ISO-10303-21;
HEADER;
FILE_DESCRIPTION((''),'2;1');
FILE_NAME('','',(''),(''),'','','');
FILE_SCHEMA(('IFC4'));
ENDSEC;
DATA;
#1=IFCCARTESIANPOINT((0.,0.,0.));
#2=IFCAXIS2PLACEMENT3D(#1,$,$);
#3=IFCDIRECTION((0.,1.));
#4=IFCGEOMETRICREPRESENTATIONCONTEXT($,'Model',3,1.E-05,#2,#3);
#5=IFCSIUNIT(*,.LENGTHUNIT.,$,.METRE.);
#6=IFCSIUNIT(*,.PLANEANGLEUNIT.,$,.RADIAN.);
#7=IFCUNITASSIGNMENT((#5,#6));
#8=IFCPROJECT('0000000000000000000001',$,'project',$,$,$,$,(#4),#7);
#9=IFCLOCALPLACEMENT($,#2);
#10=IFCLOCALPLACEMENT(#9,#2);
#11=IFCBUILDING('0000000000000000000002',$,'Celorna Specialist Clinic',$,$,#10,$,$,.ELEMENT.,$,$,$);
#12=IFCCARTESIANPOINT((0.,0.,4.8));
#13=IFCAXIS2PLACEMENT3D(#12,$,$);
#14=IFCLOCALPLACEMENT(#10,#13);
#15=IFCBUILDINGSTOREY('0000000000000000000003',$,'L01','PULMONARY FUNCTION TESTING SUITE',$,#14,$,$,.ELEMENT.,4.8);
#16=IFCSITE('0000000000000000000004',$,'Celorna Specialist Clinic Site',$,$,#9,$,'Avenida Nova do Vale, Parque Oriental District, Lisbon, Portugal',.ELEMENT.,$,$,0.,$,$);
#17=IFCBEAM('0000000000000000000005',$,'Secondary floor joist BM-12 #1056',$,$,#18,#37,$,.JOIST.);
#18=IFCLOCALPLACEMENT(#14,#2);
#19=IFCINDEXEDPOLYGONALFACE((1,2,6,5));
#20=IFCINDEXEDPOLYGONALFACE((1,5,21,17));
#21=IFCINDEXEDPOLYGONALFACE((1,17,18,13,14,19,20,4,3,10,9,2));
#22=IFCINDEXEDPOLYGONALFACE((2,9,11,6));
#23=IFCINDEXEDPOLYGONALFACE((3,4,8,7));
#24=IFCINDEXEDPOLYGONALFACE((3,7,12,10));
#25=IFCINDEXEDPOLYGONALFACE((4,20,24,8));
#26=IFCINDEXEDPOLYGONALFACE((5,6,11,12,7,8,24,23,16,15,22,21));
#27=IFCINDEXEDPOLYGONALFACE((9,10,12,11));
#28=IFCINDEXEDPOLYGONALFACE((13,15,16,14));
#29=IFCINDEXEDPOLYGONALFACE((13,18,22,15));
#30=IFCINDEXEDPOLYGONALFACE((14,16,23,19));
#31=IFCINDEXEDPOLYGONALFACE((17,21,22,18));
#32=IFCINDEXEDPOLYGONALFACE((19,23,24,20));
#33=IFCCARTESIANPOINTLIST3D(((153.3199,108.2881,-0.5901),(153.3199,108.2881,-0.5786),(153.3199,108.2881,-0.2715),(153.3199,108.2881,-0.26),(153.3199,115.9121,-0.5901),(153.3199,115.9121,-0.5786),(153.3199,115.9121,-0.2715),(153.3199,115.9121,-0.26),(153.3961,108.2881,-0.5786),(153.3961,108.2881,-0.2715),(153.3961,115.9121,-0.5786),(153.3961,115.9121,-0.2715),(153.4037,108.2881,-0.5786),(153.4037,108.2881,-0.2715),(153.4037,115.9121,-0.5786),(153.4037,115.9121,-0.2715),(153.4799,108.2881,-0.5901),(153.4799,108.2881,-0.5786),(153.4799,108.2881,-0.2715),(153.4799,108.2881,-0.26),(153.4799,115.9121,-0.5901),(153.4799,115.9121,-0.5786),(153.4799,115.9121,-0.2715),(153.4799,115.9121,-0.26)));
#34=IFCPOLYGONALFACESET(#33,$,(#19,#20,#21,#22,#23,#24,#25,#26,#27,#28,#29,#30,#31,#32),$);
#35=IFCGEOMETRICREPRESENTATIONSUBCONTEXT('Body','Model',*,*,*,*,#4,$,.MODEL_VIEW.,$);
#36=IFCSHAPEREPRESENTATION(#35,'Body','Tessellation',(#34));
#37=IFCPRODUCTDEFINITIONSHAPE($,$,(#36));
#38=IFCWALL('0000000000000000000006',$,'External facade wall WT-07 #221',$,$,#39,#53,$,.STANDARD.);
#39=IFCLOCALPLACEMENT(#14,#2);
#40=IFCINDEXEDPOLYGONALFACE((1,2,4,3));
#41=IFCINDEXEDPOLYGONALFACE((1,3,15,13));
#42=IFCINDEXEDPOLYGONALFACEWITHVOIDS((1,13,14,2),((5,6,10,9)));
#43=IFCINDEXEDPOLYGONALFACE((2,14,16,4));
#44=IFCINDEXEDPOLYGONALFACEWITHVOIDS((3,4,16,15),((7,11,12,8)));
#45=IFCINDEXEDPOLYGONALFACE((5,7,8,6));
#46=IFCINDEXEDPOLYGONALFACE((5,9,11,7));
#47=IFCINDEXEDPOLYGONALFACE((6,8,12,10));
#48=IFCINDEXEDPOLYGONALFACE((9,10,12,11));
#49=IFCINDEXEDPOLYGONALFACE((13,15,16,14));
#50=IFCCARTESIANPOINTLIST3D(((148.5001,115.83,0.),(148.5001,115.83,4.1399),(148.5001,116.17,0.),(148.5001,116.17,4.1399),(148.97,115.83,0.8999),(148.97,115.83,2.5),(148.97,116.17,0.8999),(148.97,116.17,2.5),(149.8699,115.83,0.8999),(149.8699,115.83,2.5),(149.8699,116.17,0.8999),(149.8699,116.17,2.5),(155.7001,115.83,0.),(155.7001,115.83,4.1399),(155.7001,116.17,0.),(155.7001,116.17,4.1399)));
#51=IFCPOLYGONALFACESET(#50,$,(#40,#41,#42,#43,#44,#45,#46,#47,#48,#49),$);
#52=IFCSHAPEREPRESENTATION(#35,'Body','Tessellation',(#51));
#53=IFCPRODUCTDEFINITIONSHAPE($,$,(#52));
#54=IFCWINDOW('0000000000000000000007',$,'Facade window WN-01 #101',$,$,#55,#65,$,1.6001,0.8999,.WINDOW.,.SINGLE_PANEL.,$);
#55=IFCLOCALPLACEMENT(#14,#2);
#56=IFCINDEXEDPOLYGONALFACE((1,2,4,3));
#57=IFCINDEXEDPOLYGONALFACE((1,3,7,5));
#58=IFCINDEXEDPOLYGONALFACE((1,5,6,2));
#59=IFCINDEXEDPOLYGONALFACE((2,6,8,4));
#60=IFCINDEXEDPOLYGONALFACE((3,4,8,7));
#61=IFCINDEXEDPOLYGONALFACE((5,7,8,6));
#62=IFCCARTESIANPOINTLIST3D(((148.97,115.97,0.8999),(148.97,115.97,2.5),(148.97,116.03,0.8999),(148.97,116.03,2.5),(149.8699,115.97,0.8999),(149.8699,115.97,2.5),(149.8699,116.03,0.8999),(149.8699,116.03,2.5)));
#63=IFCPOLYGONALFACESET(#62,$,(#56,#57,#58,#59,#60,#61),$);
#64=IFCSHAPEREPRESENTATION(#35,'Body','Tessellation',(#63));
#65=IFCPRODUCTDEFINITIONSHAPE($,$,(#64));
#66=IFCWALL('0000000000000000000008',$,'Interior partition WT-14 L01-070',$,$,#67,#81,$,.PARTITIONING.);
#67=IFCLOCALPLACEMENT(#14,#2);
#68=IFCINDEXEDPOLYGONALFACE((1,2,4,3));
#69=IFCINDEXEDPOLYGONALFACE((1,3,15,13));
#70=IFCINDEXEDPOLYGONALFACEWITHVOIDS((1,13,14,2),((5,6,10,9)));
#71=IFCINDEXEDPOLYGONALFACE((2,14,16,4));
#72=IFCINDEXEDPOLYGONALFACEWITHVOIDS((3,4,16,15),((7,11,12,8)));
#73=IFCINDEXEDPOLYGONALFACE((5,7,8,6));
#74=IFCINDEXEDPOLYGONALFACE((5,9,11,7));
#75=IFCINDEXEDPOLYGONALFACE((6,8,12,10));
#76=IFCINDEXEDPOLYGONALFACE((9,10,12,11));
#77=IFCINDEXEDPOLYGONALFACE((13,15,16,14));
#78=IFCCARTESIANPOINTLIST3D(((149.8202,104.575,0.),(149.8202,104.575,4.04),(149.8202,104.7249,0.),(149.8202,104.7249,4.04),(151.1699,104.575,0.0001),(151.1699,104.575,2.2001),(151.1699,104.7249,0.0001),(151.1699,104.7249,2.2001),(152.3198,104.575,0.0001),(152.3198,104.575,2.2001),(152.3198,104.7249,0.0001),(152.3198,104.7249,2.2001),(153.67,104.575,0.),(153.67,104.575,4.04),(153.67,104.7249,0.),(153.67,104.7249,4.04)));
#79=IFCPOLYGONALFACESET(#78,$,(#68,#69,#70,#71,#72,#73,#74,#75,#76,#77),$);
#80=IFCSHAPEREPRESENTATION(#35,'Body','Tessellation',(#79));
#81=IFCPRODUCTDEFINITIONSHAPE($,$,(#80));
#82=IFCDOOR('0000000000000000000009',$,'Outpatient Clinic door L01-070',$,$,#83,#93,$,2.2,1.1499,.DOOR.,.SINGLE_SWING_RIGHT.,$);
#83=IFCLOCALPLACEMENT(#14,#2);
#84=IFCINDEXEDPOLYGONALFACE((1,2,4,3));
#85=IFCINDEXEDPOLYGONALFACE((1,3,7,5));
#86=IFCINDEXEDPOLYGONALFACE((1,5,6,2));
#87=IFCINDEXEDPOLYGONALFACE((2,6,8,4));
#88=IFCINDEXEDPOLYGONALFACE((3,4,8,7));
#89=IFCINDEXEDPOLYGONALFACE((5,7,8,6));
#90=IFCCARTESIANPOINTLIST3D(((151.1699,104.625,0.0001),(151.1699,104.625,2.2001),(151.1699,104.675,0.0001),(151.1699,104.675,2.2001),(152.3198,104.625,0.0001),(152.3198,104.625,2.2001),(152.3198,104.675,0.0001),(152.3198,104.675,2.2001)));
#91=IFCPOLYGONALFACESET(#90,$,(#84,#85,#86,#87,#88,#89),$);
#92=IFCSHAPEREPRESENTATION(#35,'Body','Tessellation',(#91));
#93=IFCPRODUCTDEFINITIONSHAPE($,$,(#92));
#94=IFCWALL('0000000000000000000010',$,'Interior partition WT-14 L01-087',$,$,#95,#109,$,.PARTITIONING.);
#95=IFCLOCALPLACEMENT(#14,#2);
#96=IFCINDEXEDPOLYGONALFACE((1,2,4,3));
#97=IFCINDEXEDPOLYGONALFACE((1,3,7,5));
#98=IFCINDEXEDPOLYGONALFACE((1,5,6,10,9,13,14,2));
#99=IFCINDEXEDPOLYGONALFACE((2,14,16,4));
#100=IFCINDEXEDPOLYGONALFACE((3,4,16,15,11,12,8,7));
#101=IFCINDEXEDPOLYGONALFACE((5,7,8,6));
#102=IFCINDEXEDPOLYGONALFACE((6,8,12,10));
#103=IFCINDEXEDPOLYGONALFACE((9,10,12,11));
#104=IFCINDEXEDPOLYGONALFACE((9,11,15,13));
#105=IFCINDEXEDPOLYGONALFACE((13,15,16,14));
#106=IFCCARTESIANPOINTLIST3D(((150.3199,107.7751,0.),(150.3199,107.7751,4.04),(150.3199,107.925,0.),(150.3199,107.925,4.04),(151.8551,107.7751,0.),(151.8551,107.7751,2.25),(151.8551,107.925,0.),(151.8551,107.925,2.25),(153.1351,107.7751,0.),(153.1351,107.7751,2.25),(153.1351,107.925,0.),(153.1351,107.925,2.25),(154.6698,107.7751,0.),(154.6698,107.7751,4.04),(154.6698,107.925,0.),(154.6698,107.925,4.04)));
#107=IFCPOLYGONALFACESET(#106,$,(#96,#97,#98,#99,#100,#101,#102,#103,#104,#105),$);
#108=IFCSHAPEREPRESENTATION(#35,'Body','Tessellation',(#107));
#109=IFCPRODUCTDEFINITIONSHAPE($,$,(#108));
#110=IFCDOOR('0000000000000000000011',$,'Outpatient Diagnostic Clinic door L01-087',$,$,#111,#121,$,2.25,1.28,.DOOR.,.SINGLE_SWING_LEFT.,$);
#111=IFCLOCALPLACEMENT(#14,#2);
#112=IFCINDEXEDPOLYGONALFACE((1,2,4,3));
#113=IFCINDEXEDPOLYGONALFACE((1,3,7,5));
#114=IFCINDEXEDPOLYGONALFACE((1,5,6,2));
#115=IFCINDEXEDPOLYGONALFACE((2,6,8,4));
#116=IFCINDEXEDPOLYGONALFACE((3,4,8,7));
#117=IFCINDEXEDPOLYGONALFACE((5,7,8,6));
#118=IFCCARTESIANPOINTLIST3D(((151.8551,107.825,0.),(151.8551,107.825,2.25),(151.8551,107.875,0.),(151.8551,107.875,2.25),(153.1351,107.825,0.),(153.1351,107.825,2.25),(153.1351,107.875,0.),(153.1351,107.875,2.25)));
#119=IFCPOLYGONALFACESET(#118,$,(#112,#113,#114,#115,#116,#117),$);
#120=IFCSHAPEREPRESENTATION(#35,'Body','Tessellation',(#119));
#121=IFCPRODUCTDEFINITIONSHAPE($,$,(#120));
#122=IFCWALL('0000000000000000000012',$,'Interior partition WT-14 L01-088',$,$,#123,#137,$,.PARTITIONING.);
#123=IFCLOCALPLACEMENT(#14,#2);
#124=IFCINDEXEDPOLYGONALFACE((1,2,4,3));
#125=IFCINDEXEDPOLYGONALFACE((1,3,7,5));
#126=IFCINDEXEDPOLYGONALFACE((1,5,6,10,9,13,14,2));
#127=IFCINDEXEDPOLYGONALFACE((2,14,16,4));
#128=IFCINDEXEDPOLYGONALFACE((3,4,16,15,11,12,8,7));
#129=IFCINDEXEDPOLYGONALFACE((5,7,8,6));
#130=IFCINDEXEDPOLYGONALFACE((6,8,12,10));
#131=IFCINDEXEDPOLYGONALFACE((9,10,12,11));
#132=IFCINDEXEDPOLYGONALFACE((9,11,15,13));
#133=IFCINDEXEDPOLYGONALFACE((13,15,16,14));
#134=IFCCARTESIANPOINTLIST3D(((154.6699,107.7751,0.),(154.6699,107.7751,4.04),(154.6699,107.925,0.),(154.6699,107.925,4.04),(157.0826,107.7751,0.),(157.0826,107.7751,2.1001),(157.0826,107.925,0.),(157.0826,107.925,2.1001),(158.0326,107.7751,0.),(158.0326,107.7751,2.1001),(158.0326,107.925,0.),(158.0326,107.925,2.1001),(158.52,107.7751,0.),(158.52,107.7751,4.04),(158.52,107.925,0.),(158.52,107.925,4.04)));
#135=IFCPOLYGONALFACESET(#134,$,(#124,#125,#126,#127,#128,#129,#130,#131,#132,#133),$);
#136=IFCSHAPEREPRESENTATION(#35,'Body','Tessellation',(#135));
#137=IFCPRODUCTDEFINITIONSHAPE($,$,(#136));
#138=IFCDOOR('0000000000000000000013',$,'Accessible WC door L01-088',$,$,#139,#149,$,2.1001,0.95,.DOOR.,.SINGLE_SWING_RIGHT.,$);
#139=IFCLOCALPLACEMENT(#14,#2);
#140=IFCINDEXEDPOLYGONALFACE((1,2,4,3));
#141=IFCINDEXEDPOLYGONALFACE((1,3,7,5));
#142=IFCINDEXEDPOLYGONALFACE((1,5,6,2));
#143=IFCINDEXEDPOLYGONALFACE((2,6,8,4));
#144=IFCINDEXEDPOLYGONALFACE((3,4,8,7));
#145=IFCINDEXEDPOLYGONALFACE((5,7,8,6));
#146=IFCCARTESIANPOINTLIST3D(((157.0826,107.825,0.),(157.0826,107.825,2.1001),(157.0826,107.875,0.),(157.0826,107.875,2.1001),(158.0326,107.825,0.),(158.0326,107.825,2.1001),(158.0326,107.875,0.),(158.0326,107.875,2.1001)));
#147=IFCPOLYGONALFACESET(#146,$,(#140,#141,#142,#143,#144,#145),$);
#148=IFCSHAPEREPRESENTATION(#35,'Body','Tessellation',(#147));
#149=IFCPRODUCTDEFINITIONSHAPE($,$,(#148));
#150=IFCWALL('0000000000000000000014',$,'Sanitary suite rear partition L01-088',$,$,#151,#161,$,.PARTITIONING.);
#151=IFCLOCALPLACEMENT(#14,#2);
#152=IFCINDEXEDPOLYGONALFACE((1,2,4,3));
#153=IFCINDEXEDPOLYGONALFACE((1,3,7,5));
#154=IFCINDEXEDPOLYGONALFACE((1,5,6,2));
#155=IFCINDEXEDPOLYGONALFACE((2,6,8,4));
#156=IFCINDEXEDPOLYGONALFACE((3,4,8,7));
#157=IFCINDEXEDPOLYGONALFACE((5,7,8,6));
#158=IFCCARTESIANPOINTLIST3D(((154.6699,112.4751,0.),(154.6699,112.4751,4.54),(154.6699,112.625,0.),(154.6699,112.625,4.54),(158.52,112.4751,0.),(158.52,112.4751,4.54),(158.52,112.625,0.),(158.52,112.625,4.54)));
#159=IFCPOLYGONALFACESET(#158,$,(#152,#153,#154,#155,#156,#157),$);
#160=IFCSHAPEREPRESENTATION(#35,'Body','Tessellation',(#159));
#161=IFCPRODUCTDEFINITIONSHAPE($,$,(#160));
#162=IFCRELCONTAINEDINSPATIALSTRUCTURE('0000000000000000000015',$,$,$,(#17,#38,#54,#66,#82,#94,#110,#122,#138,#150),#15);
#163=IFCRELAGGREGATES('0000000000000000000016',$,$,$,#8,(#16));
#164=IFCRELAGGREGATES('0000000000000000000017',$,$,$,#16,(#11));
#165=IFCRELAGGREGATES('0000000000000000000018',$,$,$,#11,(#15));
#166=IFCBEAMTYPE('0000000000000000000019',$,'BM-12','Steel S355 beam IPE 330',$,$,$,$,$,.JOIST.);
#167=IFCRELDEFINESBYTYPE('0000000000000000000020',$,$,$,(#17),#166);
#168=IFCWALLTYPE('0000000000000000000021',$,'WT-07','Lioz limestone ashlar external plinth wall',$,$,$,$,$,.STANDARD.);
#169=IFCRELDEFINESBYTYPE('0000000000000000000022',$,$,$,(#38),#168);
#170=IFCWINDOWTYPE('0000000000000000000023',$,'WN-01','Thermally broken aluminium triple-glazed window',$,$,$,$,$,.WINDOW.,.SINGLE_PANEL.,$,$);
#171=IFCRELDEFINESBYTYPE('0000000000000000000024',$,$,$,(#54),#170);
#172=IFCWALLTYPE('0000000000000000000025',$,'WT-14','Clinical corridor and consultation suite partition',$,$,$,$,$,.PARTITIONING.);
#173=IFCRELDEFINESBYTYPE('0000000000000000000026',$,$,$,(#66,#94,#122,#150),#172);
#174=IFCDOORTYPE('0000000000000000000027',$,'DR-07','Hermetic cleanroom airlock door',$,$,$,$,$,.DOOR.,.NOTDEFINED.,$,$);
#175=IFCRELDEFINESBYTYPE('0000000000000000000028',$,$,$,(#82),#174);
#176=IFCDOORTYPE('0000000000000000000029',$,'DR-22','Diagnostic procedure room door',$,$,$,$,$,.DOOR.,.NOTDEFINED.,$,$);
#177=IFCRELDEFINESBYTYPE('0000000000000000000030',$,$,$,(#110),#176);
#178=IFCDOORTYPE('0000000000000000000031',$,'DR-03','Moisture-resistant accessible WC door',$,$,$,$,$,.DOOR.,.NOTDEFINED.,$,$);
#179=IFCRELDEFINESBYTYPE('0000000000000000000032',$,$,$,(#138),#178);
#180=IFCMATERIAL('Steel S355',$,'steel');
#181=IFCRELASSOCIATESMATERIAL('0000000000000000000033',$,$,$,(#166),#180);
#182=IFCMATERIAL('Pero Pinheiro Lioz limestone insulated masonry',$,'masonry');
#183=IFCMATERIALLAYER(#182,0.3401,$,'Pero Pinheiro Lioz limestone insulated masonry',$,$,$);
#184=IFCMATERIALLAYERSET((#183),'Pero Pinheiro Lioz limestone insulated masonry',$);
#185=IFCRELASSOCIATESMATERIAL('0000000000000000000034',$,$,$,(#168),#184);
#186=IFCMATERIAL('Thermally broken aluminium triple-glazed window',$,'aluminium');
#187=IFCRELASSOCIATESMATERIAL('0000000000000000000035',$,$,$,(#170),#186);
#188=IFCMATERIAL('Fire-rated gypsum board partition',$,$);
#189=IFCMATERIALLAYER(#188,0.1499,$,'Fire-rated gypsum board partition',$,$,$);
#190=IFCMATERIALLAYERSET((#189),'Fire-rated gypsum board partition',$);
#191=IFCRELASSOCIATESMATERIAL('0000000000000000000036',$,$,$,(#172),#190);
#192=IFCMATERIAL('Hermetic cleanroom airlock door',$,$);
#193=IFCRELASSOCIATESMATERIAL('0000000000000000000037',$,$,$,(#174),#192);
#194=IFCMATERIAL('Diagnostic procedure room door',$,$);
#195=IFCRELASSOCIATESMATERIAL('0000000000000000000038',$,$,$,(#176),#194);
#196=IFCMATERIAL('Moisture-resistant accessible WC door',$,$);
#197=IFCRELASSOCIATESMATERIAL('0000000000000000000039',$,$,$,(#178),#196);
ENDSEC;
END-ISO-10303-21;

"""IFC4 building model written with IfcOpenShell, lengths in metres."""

from ifc_helpers import new_model, si_unit, direction, frame, frame_2d, origin, origin_2d, place, context, subcontext, project, spatial, rectangle, i_section, extrude, material, layer, layer_set, material_profile, profile_set, type_object, element, fill, save


model = new_model("IFC4")

# Units and contexts
model_context = context("Model", 3, precision=1e-05, world=origin(), true_north=direction((0.0, 1.0)))
body_context = subcontext(model_context, "Body", "Model", "MODEL_VIEW")
ifc_project = project(units=[si_unit("LENGTHUNIT", "METRE"), si_unit("PLANEANGLEUNIT", "RADIAN")], contexts=[model_context])

# Site, building, storey
site_placement = place(None, origin())
site = spatial("IfcSite", under=ifc_project, at=site_placement, Name="Celorna Specialist Clinic Site", LongName="Avenida Nova do Vale, Parque Oriental District, Lisbon, Portugal", CompositionType="ELEMENT", RefElevation=0.0)
building_placement = place(site_placement, origin())
building = spatial("IfcBuilding", under=site, at=building_placement, Name="Celorna Specialist Clinic", CompositionType="ELEMENT")
storey_placement = place(building_placement, frame((0.0, 0.0, 4.8)))
storey = spatial("IfcBuildingStorey", under=building, at=storey_placement, Name="L01", Description="PULMONARY FUNCTION TESTING SUITE", CompositionType="ELEMENT", Elevation=4.8)

# Beam
ifc_material_1 = material(Name="Steel S355", Category="steel")
ifc_material_profile_1 = material_profile(ifc_material_1, i_section(OverallWidth=0.1599, OverallDepth=0.3301, WebThickness=0.0076, FlangeThickness=0.0115, at=origin_2d()), Name="IPE 330")
ifc_profile_set_1 = profile_set([ifc_material_profile_1], Name="Steel S355")
beam_type_1 = type_object("IfcBeamType", Name="BM-12", Description="Steel S355 beam IPE 330", PredefinedType="JOIST", material=ifc_profile_set_1)
for number, where, z_axis, x_axis, name in (
    (1, (153.3999, 108.2881, -0.425), (0.0, 1.0, 0.0), (-1.0, 0.0, 0.0), "Secondary floor joist BM-12 #1056"),
):
    element("IfcBeam", number, at=place(storey_placement, frame(where, z_axis=z_axis, x_axis=x_axis)), inside=storey, type_object=beam_type_1, Name=name, PredefinedType="JOIST", context=body_context, shape_type="SweptSolid", body=[
        extrude(i_section(OverallWidth=0.1599, OverallDepth=0.3301, WebThickness=0.0076, FlangeThickness=0.0115, at=origin_2d()), origin(), (0.0, 0.0, 1.0), 7.624),
    ])

# Wall, opening, window
ifc_material_2 = material(Name="Pero Pinheiro Lioz limestone insulated masonry", Category="masonry")
ifc_layer_1 = layer(ifc_material_2, 0.3401, Name="Pero Pinheiro Lioz limestone insulated masonry")
ifc_layer_set_1 = layer_set([ifc_layer_1], Name="Pero Pinheiro Lioz limestone insulated masonry")
wall_type_1 = type_object("IfcWallType", Name="WT-07", Description="Lioz limestone ashlar external plinth wall", PredefinedType="STANDARD", material=ifc_layer_set_1)
wall_1_placement = place(storey_placement, frame((148.5, 116.0, 0.0), z_axis=(0.0, 0.0, 1.0), x_axis=(1.0, 0.0, 0.0)))
wall_1 = element("IfcWall", 2, at=wall_1_placement, inside=storey, type_object=wall_type_1, Name="External facade wall WT-07 #221", PredefinedType="STANDARD", context=body_context, shape_type="SweptSolid", body=[
    extrude(rectangle(XDim=7.2, YDim=0.3401, at=frame_2d((3.6001, 0.0))), origin(), (0.0, 0.0, 1.0), 4.1399),
])
opening_1_placement = place(wall_1_placement, frame((0.47, 0.0, 0.8999)))
opening_1 = element("IfcOpeningElement", 3, at=opening_1_placement, cuts=wall_1, PredefinedType="OPENING", context=body_context, shape_type="SweptSolid", body=[
    extrude(rectangle(XDim=0.8999, YDim=1.6001, at=frame_2d((0.45, 0.8))), frame((0.0, 0.1799, 0.0), z_axis=(0.0, -1.0, 0.0), x_axis=(1.0, 0.0, 0.0)), (0.0, 0.0, 1.0), 0.3601),
])
ifc_material_3 = material(Name="Thermally broken aluminium triple-glazed window", Category="aluminium")
window_type = type_object("IfcWindowType", Name="WN-01", Description="Thermally broken aluminium triple-glazed window", PartitioningType="SINGLE_PANEL", PredefinedType="WINDOW", material=ifc_material_3)
window_placement = place(opening_1_placement, origin())
window = element("IfcWindow", 4, at=window_placement, inside=storey, type_object=window_type, Name="Facade window WN-01 #101", OverallHeight=1.6001, OverallWidth=0.8999, PartitioningType="SINGLE_PANEL", PredefinedType="WINDOW", context=body_context, shape_type="SweptSolid", body=[
    extrude(rectangle(XDim=0.8999, YDim=1.6001, at=frame_2d((0.45, 0.8))), frame((0.0, 0.03, 0.0), z_axis=(0.0, -1.0, 0.0), x_axis=(1.0, 0.0, 0.0)), (0.0, 0.0, 1.0), 0.0601),
])
fill(opening_1, window)

# Walls, openings, doors
ifc_material_4 = material(Name="Fire-rated gypsum board partition")
ifc_layer_2 = layer(ifc_material_4, 0.1499, Name="Fire-rated gypsum board partition")
ifc_layer_set_2 = layer_set([ifc_layer_2], Name="Fire-rated gypsum board partition")
wall_type_2 = type_object("IfcWallType", Name="WT-14", Description="Clinical corridor and consultation suite partition", PredefinedType="PARTITIONING", material=ifc_layer_set_2)
wall_2_placement = place(storey_placement, frame((153.6699, 104.6499, 0.0), z_axis=(0.0, 0.0, 1.0), x_axis=(-1.0, 0.0, 0.0)))
wall_2 = element("IfcWall", 5, at=wall_2_placement, inside=storey, type_object=wall_type_2, Name="Interior partition WT-14 L01-070", PredefinedType="PARTITIONING", context=body_context, shape_type="SweptSolid", body=[
    extrude(rectangle(XDim=3.8499, YDim=0.1499, at=frame_2d((1.9248, 0.0))), origin(), (0.0, 0.0, 1.0), 4.04),
])
opening_2_placement = place(wall_2_placement, frame((1.3501, 0.0, 0.0)))
opening_2 = element("IfcOpeningElement", 6, at=opening_2_placement, cuts=wall_2, PredefinedType="OPENING", context=body_context, shape_type="SweptSolid", body=[
    extrude(rectangle(XDim=1.1499, YDim=2.2, at=frame_2d((0.575, 1.1001))), frame((0.0, 0.085, 0.0), z_axis=(0.0, -1.0, 0.0), x_axis=(1.0, 0.0, 0.0)), (0.0, 0.0, 1.0), 0.1699),
])
ifc_material_5 = material(Name="Hermetic cleanroom airlock door")
door_type_1 = type_object("IfcDoorType", Name="DR-07", Description="Hermetic cleanroom airlock door", OperationType="NOTDEFINED", PredefinedType="DOOR", material=ifc_material_5)
door_1_placement = place(opening_2_placement, origin())
door_1 = element("IfcDoor", 7, at=door_1_placement, inside=storey, type_object=door_type_1, Name="Outpatient Clinic door L01-070", OperationType="SINGLE_SWING_RIGHT", OverallHeight=2.2, OverallWidth=1.1499, PredefinedType="DOOR", context=body_context, shape_type="SweptSolid", body=[
    extrude(rectangle(XDim=1.1499, YDim=2.2, at=frame_2d((0.575, 1.1001))), frame((0.0, 0.0249, 0.0), z_axis=(0.0, -1.0, 0.0), x_axis=(1.0, 0.0, 0.0)), (0.0, 0.0, 1.0), 0.05),
])
fill(opening_2, door_1)
wall_3_placement = place(storey_placement, frame((150.3201, 107.8501, 0.0), z_axis=(0.0, 0.0, 1.0), x_axis=(1.0, 0.0, 0.0)))
wall_3 = element("IfcWall", 8, at=wall_3_placement, inside=storey, type_object=wall_type_2, Name="Interior partition WT-14 L01-087", PredefinedType="PARTITIONING", context=body_context, shape_type="SweptSolid", body=[
    extrude(rectangle(XDim=4.3499, YDim=0.1499, at=frame_2d((2.1748, 0.0))), origin(), (0.0, 0.0, 1.0), 4.04),
])
opening_3_placement = place(wall_3_placement, frame((1.5349, 0.0, 0.0)))
opening_3 = element("IfcOpeningElement", 9, at=opening_3_placement, cuts=wall_3, PredefinedType="OPENING", context=body_context, shape_type="SweptSolid", body=[
    extrude(rectangle(XDim=1.28, YDim=2.25, at=frame_2d((0.6401, 1.125))), frame((0.0, 0.085, 0.0), z_axis=(0.0, -1.0, 0.0), x_axis=(1.0, 0.0, 0.0)), (0.0, 0.0, 1.0), 0.1699),
])
ifc_material_6 = material(Name="Diagnostic procedure room door")
door_type_2 = type_object("IfcDoorType", Name="DR-22", Description="Diagnostic procedure room door", OperationType="NOTDEFINED", PredefinedType="DOOR", material=ifc_material_6)
door_2_placement = place(opening_3_placement, origin())
door_2 = element("IfcDoor", 10, at=door_2_placement, inside=storey, type_object=door_type_2, Name="Outpatient Diagnostic Clinic door L01-087", OperationType="SINGLE_SWING_LEFT", OverallHeight=2.25, OverallWidth=1.28, PredefinedType="DOOR", context=body_context, shape_type="SweptSolid", body=[
    extrude(rectangle(XDim=1.28, YDim=2.25, at=frame_2d((0.6401, 1.125))), frame((0.0, 0.0249, 0.0), z_axis=(0.0, -1.0, 0.0), x_axis=(1.0, 0.0, 0.0)), (0.0, 0.0, 1.0), 0.05),
])
fill(opening_3, door_2)
wall_4_placement = place(storey_placement, frame((154.6699, 107.8501, 0.0), z_axis=(0.0, 0.0, 1.0), x_axis=(1.0, 0.0, 0.0)))
wall_4 = element("IfcWall", 11, at=wall_4_placement, inside=storey, type_object=wall_type_2, Name="Interior partition WT-14 L01-088", PredefinedType="PARTITIONING", context=body_context, shape_type="SweptSolid", body=[
    extrude(rectangle(XDim=3.8501, YDim=0.1499, at=frame_2d((1.925, 0.0))), origin(), (0.0, 0.0, 1.0), 4.04),
])
opening_4_placement = place(wall_4_placement, frame((2.4126, 0.0, 0.0)))
opening_4 = element("IfcOpeningElement", 12, at=opening_4_placement, cuts=wall_4, PredefinedType="OPENING", context=body_context, shape_type="SweptSolid", body=[
    extrude(rectangle(XDim=0.95, YDim=2.1001, at=frame_2d((0.4751, 1.05))), frame((0.0, 0.085, 0.0), z_axis=(0.0, -1.0, 0.0), x_axis=(1.0, 0.0, 0.0)), (0.0, 0.0, 1.0), 0.1699),
])
ifc_material_7 = material(Name="Moisture-resistant accessible WC door")
door_type_3 = type_object("IfcDoorType", Name="DR-03", Description="Moisture-resistant accessible WC door", OperationType="NOTDEFINED", PredefinedType="DOOR", material=ifc_material_7)
door_3_placement = place(opening_4_placement, origin())
door_3 = element("IfcDoor", 13, at=door_3_placement, inside=storey, type_object=door_type_3, Name="Accessible WC door L01-088", OperationType="SINGLE_SWING_RIGHT", OverallHeight=2.1001, OverallWidth=0.95, PredefinedType="DOOR", context=body_context, shape_type="SweptSolid", body=[
    extrude(rectangle(XDim=0.95, YDim=2.1001, at=frame_2d((0.4751, 1.05))), frame((0.0, 0.0249, 0.0), z_axis=(0.0, -1.0, 0.0), x_axis=(1.0, 0.0, 0.0)), (0.0, 0.0, 1.0), 0.05),
])
fill(opening_4, door_3)

# Wall
wall_5_placement = place(storey_placement, frame((154.6699, 112.55, 0.0), z_axis=(0.0, 0.0, 1.0), x_axis=(1.0, 0.0, 0.0)))
element("IfcWall", 14, at=wall_5_placement, inside=storey, type_object=wall_type_2, Name="Sanitary suite rear partition L01-088", PredefinedType="PARTITIONING", context=body_context, shape_type="SweptSolid", body=[
    extrude(rectangle(XDim=3.8501, YDim=0.1499, at=frame_2d((1.925, 0.0))), origin(), (0.0, 0.0, 1.0), 4.54),
])

save(model, "model.ifc")
